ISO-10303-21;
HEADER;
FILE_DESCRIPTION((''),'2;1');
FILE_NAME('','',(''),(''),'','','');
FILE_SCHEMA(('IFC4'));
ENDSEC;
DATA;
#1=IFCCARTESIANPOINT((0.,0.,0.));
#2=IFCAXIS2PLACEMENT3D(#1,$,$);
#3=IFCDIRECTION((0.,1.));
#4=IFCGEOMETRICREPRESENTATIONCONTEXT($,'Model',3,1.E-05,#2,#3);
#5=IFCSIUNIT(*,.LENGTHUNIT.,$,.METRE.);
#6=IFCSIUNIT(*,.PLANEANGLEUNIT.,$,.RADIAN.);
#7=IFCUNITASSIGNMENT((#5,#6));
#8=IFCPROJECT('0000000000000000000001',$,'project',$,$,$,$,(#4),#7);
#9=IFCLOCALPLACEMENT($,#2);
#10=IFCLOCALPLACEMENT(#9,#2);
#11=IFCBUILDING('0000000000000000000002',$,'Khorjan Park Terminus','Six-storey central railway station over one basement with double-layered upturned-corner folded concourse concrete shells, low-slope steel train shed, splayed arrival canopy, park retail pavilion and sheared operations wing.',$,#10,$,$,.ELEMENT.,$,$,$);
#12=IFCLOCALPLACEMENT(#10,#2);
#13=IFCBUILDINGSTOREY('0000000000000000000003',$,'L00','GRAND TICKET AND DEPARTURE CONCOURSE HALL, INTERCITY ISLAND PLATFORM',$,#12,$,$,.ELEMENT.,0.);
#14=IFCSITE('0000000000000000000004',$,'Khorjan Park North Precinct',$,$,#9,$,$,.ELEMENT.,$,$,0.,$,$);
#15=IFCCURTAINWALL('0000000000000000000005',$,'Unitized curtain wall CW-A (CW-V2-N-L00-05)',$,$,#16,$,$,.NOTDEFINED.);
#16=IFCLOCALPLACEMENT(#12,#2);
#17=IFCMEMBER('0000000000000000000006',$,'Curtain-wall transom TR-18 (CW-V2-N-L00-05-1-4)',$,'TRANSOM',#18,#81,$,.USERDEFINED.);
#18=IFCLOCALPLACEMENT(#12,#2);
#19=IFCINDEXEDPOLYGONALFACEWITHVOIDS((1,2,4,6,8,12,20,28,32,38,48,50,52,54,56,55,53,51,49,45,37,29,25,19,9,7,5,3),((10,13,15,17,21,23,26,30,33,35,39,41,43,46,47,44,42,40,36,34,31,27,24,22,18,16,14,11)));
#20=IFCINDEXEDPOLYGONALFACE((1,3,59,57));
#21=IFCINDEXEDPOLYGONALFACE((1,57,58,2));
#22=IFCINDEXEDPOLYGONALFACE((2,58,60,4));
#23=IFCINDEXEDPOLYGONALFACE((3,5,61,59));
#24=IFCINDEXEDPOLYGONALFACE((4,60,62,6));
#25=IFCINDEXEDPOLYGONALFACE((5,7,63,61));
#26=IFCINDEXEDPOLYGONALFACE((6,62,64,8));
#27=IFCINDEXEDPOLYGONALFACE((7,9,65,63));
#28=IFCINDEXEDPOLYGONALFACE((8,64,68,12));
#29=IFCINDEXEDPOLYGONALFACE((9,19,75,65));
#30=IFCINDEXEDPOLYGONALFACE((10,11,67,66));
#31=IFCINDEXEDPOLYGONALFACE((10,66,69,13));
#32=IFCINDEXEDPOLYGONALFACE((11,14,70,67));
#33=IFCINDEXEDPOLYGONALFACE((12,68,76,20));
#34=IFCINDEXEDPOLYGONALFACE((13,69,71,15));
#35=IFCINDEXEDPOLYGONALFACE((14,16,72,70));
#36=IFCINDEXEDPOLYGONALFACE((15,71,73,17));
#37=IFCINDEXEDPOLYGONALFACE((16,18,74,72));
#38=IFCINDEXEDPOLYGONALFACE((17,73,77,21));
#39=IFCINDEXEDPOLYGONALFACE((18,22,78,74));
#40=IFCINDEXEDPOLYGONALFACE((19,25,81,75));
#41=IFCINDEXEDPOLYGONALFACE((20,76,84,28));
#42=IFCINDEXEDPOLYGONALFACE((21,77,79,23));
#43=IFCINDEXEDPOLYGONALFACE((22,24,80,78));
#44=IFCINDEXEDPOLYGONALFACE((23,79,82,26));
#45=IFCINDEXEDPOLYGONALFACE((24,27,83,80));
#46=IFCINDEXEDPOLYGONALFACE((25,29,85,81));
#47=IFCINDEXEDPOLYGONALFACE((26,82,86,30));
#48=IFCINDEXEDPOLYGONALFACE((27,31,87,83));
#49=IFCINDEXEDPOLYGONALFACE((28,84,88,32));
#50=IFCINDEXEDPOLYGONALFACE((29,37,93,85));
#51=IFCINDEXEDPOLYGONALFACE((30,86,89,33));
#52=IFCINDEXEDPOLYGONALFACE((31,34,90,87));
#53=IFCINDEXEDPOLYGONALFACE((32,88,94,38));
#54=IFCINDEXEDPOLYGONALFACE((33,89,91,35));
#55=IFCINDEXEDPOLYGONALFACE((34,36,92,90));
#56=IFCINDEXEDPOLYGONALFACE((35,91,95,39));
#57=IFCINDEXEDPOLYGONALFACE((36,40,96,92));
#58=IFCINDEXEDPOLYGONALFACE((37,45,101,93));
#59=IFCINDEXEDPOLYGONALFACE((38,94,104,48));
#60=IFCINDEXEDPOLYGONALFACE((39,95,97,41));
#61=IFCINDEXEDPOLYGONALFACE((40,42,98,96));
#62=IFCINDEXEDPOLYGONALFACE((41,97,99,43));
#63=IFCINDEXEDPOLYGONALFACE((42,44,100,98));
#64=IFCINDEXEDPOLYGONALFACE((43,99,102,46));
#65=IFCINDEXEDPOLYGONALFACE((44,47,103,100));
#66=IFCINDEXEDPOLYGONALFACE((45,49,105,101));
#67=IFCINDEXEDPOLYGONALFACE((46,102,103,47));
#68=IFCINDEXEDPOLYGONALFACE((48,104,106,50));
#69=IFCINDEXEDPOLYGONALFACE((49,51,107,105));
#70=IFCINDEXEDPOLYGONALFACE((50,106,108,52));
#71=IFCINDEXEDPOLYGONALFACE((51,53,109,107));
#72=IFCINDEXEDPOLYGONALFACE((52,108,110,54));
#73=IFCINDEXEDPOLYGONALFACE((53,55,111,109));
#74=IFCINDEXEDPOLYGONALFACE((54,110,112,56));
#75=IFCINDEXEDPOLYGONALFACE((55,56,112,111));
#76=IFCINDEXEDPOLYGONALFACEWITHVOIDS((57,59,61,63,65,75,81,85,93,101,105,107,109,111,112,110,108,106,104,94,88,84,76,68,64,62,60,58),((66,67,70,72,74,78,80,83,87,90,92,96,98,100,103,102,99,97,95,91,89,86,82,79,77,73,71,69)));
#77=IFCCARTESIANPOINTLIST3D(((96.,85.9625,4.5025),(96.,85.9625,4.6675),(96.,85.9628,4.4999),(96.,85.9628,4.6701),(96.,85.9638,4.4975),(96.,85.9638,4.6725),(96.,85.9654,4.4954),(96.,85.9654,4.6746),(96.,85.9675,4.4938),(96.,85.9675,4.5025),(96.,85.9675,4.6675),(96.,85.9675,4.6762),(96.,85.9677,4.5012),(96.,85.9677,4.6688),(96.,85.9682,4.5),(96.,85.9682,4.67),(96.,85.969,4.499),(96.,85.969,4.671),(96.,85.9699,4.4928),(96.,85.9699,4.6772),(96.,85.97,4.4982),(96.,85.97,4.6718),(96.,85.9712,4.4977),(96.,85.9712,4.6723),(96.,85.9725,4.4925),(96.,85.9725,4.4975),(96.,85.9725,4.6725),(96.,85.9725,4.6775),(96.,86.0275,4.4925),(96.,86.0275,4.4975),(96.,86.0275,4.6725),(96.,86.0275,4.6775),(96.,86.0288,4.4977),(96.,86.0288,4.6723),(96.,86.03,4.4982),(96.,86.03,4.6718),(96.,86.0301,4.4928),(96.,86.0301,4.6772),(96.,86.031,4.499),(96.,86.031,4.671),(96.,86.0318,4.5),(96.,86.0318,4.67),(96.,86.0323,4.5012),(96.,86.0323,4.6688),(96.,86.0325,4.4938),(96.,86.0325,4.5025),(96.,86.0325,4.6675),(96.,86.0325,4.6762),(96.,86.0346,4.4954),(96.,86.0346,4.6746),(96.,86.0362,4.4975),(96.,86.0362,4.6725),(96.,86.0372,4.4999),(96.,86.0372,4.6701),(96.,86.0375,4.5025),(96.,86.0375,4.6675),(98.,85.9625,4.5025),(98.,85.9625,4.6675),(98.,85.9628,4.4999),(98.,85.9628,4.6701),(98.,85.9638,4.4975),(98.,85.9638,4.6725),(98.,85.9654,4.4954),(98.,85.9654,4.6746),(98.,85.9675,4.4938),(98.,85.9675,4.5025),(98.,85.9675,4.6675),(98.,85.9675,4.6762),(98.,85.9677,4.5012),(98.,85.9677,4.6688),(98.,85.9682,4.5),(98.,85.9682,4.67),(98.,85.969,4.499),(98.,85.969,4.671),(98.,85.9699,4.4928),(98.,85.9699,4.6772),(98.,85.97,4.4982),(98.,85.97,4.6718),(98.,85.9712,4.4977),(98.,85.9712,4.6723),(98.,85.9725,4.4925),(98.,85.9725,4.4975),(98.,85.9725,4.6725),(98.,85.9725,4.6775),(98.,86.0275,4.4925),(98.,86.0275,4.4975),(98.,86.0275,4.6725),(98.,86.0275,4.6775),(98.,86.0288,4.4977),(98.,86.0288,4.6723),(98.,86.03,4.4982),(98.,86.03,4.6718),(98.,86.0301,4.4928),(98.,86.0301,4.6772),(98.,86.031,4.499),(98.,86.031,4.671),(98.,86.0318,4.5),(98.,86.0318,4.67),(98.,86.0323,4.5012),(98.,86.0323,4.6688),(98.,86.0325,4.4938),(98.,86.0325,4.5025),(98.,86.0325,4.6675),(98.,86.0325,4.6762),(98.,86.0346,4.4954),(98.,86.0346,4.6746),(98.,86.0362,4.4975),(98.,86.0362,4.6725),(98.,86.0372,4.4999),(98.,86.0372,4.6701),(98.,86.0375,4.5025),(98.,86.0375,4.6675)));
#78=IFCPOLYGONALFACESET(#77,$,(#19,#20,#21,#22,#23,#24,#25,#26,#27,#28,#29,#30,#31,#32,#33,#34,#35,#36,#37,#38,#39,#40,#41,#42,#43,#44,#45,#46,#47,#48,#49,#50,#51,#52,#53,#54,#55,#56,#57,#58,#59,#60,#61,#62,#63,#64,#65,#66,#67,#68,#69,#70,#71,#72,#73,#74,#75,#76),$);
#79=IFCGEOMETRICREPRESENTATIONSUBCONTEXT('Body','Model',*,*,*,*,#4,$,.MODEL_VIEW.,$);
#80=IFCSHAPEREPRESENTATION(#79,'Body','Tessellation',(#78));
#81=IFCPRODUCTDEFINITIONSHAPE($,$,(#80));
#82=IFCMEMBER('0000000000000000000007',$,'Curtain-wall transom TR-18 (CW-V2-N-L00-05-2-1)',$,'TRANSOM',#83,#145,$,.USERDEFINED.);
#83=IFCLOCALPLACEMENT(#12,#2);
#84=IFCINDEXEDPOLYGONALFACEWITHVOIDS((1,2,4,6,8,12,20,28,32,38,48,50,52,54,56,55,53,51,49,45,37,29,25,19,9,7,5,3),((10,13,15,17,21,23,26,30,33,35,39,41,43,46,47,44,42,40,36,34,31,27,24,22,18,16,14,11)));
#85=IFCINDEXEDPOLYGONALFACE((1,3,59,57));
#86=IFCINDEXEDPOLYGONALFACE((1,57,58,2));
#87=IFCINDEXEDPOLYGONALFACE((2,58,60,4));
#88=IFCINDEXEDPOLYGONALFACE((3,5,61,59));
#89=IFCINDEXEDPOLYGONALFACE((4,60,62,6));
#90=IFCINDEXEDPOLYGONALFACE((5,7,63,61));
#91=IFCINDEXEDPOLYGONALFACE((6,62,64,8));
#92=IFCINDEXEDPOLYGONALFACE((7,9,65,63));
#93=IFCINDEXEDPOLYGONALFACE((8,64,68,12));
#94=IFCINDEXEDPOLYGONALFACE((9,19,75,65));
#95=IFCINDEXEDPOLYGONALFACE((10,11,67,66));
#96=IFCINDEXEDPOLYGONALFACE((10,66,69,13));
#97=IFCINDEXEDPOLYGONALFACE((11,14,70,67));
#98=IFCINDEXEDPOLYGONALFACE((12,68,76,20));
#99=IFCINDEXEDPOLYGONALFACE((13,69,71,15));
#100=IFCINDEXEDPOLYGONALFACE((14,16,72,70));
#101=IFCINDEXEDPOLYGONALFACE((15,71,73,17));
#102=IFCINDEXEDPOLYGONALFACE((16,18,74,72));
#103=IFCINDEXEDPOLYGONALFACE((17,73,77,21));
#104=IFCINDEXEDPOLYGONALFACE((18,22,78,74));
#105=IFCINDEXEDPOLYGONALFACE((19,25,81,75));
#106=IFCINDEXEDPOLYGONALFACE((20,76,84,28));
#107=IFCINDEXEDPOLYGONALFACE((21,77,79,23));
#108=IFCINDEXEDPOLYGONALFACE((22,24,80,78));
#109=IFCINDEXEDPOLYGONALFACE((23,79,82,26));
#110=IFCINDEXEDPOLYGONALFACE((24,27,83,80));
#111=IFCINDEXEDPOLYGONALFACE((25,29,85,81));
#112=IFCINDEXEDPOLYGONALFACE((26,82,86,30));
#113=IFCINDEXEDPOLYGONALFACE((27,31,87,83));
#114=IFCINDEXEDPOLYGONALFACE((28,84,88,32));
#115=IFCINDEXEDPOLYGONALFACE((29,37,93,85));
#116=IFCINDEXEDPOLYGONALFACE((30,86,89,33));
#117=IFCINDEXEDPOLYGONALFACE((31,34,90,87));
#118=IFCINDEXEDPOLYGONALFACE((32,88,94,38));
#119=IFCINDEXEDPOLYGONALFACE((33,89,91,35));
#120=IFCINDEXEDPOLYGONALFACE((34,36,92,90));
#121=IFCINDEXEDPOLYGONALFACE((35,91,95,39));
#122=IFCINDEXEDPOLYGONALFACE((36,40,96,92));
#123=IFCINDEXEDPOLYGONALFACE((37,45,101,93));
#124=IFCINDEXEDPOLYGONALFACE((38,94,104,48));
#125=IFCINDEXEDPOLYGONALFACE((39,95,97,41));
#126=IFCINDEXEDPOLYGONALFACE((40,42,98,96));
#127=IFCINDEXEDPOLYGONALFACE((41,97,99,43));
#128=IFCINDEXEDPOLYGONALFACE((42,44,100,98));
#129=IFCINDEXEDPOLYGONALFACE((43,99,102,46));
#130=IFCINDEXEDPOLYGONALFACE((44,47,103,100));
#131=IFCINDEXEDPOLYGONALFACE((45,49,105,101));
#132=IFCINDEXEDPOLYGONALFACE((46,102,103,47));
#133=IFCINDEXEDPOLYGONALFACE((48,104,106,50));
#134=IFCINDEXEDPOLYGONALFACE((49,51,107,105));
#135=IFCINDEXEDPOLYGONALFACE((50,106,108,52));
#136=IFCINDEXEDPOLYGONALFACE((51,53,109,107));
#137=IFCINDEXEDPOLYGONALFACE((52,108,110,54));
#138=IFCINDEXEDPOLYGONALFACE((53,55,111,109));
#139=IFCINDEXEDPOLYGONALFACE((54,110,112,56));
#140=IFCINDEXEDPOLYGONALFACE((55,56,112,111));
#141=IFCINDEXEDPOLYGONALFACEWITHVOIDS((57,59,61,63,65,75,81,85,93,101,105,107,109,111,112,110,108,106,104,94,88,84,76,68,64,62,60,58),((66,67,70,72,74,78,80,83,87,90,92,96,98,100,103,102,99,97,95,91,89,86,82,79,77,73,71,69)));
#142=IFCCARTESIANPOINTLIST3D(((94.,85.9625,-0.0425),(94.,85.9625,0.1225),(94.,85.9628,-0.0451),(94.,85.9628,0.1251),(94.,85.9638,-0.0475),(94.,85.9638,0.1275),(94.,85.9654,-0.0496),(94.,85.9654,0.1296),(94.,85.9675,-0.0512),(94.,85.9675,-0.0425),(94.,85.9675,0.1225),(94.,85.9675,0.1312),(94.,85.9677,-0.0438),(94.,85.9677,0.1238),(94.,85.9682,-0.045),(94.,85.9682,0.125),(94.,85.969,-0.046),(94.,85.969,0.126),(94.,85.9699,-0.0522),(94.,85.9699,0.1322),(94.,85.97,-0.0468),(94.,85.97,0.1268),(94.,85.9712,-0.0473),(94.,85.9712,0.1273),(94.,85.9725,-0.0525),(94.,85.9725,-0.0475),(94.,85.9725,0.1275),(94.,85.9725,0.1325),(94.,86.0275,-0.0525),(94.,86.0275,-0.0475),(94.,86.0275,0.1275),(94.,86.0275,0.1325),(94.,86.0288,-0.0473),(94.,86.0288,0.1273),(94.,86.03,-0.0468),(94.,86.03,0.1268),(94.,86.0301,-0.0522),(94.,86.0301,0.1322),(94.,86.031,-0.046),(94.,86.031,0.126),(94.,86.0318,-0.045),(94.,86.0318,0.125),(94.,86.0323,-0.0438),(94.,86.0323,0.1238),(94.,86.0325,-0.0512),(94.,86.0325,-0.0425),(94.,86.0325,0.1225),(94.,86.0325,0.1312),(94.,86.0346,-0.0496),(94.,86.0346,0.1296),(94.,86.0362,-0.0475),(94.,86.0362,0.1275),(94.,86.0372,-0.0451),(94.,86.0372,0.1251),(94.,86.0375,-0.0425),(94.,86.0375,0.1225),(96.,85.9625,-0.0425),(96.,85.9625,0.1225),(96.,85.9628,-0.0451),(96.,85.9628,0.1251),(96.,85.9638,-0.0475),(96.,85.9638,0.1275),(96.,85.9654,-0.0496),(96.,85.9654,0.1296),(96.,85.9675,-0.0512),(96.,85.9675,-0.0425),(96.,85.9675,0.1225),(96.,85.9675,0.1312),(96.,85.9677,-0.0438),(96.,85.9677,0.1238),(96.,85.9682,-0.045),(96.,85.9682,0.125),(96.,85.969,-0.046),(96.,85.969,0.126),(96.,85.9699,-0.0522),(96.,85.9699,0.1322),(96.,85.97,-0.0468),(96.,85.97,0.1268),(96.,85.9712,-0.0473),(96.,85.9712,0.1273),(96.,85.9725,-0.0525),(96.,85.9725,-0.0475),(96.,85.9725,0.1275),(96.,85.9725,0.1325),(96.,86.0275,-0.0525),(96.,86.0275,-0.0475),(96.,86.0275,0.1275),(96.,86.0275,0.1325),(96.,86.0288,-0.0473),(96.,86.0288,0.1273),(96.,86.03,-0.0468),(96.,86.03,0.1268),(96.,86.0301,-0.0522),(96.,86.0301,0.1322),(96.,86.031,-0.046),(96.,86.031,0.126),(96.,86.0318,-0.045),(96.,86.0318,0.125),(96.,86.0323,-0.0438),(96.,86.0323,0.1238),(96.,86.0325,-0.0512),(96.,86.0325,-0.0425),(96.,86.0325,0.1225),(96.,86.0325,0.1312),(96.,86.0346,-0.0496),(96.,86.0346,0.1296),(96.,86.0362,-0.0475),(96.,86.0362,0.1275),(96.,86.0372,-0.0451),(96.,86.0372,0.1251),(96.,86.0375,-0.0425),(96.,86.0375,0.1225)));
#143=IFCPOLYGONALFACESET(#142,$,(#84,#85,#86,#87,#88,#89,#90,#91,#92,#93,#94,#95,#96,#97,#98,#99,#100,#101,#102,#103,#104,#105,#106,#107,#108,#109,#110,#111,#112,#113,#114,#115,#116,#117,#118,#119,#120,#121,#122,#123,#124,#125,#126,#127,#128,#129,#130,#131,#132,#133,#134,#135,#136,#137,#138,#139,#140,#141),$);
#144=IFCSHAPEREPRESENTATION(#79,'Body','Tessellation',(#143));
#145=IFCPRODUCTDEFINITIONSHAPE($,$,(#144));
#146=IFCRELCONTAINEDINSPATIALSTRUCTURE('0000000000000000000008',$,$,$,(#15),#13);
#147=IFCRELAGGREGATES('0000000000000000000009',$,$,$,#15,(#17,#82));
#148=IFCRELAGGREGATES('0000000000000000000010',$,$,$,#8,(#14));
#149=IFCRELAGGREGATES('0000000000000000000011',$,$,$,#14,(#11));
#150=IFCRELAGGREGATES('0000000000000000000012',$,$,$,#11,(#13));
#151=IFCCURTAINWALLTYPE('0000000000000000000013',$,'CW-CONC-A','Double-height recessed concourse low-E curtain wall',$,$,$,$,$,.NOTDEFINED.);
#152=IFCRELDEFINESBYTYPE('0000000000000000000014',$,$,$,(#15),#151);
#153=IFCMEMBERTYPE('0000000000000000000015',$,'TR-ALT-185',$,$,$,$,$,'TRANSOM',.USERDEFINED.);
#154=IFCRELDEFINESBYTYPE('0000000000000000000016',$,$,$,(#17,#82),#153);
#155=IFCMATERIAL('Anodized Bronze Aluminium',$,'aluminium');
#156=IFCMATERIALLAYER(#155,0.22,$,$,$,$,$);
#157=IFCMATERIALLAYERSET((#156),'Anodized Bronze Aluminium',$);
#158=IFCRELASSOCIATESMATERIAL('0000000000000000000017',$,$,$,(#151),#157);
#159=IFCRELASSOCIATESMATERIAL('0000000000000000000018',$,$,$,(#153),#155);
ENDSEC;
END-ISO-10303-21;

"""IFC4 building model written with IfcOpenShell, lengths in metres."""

from ifc_helpers import new_model, si_unit, direction, frame, origin, origin_2d, place, context, subcontext, project, spatial, hollow_rectangle, extrude, material, layer, layer_set, material_profile, profile_set, type_object, element, aggregate, save


model = new_model("IFC4")

# Units and contexts
model_context = context("Model", 3, precision=1e-05, world=origin(), true_north=direction((0.0, 1.0)))
body_context = subcontext(model_context, "Body", "Model", "MODEL_VIEW")
ifc_project = project(units=[si_unit("LENGTHUNIT", "METRE"), si_unit("PLANEANGLEUNIT", "RADIAN")], contexts=[model_context])

# Site, building, storey
site_placement = place(None, origin())
site = spatial("IfcSite", under=ifc_project, at=site_placement, Name="Khorjan Park North Precinct", CompositionType="ELEMENT", RefElevation=0.0)
building_placement = place(site_placement, origin())
building = spatial("IfcBuilding", under=site, at=building_placement, Name="Khorjan Park Terminus", Description="Six-storey central railway station over one basement with double-layered upturned-corner folded concourse concrete shells, low-slope steel train shed, splayed arrival canopy, park retail pavilion and sheared operations wing.", CompositionType="ELEMENT")
storey_placement = place(building_placement, origin())
storey = spatial("IfcBuildingStorey", under=building, at=storey_placement, Name="L00", Description="GRAND TICKET AND DEPARTURE CONCOURSE HALL, INTERCITY ISLAND PLATFORM", CompositionType="ELEMENT", Elevation=0.0)

# Curtain wall, members
ifc_material_1 = material(Name="Anodized Bronze Aluminium", Category="aluminium")
ifc_layer_1 = layer(ifc_material_1, 0.22)
ifc_layer_set_1 = layer_set([ifc_layer_1], Name="Anodized Bronze Aluminium")
curtain_wall_type = type_object("IfcCurtainWallType", Name="CW-CONC-A", Description="Double-height recessed concourse low-E curtain wall", PredefinedType="NOTDEFINED", material=ifc_layer_set_1)
curtain_wall_placement = place(storey_placement, origin())
curtain_wall = element("IfcCurtainWall", 1, at=curtain_wall_placement, inside=storey, type_object=curtain_wall_type, Name="Unitized curtain wall CW-A (CW-V2-N-L00-05)", PredefinedType="NOTDEFINED")
ifc_material_profile_1 = material_profile(ifc_material_1, hollow_rectangle(XDim=0.075, YDim=0.185, WallThickness=0.005, InnerFilletRadius=0.005, OuterFilletRadius=0.01, at=origin_2d()), Name="ALT 75x185x5")
ifc_profile_set_1 = profile_set([ifc_material_profile_1], Name="Anodized Bronze Aluminium")
member_type_1 = type_object("IfcMemberType", Name="TR-ALT-185", ElementType="TRANSOM", PredefinedType="USERDEFINED", material=ifc_profile_set_1)
member_1_placement = place(storey_placement, frame((98.0, 86.0, 4.585), z_axis=(-1.0, 0.0, 0.0), x_axis=(0.0, -1.0, 0.0)))
member_1 = element("IfcMember", 2, at=member_1_placement, type_object=member_type_1, Name="Curtain-wall transom TR-18 (CW-V2-N-L00-05-1-4)", ObjectType="TRANSOM", PredefinedType="USERDEFINED", context=body_context, shape_type="SweptSolid", body=[
    extrude(hollow_rectangle(XDim=0.075, YDim=0.185, WallThickness=0.005, InnerFilletRadius=0.005, OuterFilletRadius=0.01, at=origin_2d()), origin(), (0.0, 0.0, 1.0), 2.0),
])
member_2_placement = place(storey_placement, frame((96.0, 86.0, 0.04), z_axis=(-1.0, 0.0, 0.0), x_axis=(0.0, -1.0, 0.0)))
member_2 = element("IfcMember", 3, at=member_2_placement, type_object=member_type_1, Name="Curtain-wall transom TR-18 (CW-V2-N-L00-05-2-1)", ObjectType="TRANSOM", PredefinedType="USERDEFINED", context=body_context, shape_type="SweptSolid", body=[
    extrude(hollow_rectangle(XDim=0.075, YDim=0.185, WallThickness=0.005, InnerFilletRadius=0.005, OuterFilletRadius=0.01, at=origin_2d()), origin(), (0.0, 0.0, 1.0), 2.0),
])
aggregate(curtain_wall, [member_1, member_2])

save(model, "model.ifc")
